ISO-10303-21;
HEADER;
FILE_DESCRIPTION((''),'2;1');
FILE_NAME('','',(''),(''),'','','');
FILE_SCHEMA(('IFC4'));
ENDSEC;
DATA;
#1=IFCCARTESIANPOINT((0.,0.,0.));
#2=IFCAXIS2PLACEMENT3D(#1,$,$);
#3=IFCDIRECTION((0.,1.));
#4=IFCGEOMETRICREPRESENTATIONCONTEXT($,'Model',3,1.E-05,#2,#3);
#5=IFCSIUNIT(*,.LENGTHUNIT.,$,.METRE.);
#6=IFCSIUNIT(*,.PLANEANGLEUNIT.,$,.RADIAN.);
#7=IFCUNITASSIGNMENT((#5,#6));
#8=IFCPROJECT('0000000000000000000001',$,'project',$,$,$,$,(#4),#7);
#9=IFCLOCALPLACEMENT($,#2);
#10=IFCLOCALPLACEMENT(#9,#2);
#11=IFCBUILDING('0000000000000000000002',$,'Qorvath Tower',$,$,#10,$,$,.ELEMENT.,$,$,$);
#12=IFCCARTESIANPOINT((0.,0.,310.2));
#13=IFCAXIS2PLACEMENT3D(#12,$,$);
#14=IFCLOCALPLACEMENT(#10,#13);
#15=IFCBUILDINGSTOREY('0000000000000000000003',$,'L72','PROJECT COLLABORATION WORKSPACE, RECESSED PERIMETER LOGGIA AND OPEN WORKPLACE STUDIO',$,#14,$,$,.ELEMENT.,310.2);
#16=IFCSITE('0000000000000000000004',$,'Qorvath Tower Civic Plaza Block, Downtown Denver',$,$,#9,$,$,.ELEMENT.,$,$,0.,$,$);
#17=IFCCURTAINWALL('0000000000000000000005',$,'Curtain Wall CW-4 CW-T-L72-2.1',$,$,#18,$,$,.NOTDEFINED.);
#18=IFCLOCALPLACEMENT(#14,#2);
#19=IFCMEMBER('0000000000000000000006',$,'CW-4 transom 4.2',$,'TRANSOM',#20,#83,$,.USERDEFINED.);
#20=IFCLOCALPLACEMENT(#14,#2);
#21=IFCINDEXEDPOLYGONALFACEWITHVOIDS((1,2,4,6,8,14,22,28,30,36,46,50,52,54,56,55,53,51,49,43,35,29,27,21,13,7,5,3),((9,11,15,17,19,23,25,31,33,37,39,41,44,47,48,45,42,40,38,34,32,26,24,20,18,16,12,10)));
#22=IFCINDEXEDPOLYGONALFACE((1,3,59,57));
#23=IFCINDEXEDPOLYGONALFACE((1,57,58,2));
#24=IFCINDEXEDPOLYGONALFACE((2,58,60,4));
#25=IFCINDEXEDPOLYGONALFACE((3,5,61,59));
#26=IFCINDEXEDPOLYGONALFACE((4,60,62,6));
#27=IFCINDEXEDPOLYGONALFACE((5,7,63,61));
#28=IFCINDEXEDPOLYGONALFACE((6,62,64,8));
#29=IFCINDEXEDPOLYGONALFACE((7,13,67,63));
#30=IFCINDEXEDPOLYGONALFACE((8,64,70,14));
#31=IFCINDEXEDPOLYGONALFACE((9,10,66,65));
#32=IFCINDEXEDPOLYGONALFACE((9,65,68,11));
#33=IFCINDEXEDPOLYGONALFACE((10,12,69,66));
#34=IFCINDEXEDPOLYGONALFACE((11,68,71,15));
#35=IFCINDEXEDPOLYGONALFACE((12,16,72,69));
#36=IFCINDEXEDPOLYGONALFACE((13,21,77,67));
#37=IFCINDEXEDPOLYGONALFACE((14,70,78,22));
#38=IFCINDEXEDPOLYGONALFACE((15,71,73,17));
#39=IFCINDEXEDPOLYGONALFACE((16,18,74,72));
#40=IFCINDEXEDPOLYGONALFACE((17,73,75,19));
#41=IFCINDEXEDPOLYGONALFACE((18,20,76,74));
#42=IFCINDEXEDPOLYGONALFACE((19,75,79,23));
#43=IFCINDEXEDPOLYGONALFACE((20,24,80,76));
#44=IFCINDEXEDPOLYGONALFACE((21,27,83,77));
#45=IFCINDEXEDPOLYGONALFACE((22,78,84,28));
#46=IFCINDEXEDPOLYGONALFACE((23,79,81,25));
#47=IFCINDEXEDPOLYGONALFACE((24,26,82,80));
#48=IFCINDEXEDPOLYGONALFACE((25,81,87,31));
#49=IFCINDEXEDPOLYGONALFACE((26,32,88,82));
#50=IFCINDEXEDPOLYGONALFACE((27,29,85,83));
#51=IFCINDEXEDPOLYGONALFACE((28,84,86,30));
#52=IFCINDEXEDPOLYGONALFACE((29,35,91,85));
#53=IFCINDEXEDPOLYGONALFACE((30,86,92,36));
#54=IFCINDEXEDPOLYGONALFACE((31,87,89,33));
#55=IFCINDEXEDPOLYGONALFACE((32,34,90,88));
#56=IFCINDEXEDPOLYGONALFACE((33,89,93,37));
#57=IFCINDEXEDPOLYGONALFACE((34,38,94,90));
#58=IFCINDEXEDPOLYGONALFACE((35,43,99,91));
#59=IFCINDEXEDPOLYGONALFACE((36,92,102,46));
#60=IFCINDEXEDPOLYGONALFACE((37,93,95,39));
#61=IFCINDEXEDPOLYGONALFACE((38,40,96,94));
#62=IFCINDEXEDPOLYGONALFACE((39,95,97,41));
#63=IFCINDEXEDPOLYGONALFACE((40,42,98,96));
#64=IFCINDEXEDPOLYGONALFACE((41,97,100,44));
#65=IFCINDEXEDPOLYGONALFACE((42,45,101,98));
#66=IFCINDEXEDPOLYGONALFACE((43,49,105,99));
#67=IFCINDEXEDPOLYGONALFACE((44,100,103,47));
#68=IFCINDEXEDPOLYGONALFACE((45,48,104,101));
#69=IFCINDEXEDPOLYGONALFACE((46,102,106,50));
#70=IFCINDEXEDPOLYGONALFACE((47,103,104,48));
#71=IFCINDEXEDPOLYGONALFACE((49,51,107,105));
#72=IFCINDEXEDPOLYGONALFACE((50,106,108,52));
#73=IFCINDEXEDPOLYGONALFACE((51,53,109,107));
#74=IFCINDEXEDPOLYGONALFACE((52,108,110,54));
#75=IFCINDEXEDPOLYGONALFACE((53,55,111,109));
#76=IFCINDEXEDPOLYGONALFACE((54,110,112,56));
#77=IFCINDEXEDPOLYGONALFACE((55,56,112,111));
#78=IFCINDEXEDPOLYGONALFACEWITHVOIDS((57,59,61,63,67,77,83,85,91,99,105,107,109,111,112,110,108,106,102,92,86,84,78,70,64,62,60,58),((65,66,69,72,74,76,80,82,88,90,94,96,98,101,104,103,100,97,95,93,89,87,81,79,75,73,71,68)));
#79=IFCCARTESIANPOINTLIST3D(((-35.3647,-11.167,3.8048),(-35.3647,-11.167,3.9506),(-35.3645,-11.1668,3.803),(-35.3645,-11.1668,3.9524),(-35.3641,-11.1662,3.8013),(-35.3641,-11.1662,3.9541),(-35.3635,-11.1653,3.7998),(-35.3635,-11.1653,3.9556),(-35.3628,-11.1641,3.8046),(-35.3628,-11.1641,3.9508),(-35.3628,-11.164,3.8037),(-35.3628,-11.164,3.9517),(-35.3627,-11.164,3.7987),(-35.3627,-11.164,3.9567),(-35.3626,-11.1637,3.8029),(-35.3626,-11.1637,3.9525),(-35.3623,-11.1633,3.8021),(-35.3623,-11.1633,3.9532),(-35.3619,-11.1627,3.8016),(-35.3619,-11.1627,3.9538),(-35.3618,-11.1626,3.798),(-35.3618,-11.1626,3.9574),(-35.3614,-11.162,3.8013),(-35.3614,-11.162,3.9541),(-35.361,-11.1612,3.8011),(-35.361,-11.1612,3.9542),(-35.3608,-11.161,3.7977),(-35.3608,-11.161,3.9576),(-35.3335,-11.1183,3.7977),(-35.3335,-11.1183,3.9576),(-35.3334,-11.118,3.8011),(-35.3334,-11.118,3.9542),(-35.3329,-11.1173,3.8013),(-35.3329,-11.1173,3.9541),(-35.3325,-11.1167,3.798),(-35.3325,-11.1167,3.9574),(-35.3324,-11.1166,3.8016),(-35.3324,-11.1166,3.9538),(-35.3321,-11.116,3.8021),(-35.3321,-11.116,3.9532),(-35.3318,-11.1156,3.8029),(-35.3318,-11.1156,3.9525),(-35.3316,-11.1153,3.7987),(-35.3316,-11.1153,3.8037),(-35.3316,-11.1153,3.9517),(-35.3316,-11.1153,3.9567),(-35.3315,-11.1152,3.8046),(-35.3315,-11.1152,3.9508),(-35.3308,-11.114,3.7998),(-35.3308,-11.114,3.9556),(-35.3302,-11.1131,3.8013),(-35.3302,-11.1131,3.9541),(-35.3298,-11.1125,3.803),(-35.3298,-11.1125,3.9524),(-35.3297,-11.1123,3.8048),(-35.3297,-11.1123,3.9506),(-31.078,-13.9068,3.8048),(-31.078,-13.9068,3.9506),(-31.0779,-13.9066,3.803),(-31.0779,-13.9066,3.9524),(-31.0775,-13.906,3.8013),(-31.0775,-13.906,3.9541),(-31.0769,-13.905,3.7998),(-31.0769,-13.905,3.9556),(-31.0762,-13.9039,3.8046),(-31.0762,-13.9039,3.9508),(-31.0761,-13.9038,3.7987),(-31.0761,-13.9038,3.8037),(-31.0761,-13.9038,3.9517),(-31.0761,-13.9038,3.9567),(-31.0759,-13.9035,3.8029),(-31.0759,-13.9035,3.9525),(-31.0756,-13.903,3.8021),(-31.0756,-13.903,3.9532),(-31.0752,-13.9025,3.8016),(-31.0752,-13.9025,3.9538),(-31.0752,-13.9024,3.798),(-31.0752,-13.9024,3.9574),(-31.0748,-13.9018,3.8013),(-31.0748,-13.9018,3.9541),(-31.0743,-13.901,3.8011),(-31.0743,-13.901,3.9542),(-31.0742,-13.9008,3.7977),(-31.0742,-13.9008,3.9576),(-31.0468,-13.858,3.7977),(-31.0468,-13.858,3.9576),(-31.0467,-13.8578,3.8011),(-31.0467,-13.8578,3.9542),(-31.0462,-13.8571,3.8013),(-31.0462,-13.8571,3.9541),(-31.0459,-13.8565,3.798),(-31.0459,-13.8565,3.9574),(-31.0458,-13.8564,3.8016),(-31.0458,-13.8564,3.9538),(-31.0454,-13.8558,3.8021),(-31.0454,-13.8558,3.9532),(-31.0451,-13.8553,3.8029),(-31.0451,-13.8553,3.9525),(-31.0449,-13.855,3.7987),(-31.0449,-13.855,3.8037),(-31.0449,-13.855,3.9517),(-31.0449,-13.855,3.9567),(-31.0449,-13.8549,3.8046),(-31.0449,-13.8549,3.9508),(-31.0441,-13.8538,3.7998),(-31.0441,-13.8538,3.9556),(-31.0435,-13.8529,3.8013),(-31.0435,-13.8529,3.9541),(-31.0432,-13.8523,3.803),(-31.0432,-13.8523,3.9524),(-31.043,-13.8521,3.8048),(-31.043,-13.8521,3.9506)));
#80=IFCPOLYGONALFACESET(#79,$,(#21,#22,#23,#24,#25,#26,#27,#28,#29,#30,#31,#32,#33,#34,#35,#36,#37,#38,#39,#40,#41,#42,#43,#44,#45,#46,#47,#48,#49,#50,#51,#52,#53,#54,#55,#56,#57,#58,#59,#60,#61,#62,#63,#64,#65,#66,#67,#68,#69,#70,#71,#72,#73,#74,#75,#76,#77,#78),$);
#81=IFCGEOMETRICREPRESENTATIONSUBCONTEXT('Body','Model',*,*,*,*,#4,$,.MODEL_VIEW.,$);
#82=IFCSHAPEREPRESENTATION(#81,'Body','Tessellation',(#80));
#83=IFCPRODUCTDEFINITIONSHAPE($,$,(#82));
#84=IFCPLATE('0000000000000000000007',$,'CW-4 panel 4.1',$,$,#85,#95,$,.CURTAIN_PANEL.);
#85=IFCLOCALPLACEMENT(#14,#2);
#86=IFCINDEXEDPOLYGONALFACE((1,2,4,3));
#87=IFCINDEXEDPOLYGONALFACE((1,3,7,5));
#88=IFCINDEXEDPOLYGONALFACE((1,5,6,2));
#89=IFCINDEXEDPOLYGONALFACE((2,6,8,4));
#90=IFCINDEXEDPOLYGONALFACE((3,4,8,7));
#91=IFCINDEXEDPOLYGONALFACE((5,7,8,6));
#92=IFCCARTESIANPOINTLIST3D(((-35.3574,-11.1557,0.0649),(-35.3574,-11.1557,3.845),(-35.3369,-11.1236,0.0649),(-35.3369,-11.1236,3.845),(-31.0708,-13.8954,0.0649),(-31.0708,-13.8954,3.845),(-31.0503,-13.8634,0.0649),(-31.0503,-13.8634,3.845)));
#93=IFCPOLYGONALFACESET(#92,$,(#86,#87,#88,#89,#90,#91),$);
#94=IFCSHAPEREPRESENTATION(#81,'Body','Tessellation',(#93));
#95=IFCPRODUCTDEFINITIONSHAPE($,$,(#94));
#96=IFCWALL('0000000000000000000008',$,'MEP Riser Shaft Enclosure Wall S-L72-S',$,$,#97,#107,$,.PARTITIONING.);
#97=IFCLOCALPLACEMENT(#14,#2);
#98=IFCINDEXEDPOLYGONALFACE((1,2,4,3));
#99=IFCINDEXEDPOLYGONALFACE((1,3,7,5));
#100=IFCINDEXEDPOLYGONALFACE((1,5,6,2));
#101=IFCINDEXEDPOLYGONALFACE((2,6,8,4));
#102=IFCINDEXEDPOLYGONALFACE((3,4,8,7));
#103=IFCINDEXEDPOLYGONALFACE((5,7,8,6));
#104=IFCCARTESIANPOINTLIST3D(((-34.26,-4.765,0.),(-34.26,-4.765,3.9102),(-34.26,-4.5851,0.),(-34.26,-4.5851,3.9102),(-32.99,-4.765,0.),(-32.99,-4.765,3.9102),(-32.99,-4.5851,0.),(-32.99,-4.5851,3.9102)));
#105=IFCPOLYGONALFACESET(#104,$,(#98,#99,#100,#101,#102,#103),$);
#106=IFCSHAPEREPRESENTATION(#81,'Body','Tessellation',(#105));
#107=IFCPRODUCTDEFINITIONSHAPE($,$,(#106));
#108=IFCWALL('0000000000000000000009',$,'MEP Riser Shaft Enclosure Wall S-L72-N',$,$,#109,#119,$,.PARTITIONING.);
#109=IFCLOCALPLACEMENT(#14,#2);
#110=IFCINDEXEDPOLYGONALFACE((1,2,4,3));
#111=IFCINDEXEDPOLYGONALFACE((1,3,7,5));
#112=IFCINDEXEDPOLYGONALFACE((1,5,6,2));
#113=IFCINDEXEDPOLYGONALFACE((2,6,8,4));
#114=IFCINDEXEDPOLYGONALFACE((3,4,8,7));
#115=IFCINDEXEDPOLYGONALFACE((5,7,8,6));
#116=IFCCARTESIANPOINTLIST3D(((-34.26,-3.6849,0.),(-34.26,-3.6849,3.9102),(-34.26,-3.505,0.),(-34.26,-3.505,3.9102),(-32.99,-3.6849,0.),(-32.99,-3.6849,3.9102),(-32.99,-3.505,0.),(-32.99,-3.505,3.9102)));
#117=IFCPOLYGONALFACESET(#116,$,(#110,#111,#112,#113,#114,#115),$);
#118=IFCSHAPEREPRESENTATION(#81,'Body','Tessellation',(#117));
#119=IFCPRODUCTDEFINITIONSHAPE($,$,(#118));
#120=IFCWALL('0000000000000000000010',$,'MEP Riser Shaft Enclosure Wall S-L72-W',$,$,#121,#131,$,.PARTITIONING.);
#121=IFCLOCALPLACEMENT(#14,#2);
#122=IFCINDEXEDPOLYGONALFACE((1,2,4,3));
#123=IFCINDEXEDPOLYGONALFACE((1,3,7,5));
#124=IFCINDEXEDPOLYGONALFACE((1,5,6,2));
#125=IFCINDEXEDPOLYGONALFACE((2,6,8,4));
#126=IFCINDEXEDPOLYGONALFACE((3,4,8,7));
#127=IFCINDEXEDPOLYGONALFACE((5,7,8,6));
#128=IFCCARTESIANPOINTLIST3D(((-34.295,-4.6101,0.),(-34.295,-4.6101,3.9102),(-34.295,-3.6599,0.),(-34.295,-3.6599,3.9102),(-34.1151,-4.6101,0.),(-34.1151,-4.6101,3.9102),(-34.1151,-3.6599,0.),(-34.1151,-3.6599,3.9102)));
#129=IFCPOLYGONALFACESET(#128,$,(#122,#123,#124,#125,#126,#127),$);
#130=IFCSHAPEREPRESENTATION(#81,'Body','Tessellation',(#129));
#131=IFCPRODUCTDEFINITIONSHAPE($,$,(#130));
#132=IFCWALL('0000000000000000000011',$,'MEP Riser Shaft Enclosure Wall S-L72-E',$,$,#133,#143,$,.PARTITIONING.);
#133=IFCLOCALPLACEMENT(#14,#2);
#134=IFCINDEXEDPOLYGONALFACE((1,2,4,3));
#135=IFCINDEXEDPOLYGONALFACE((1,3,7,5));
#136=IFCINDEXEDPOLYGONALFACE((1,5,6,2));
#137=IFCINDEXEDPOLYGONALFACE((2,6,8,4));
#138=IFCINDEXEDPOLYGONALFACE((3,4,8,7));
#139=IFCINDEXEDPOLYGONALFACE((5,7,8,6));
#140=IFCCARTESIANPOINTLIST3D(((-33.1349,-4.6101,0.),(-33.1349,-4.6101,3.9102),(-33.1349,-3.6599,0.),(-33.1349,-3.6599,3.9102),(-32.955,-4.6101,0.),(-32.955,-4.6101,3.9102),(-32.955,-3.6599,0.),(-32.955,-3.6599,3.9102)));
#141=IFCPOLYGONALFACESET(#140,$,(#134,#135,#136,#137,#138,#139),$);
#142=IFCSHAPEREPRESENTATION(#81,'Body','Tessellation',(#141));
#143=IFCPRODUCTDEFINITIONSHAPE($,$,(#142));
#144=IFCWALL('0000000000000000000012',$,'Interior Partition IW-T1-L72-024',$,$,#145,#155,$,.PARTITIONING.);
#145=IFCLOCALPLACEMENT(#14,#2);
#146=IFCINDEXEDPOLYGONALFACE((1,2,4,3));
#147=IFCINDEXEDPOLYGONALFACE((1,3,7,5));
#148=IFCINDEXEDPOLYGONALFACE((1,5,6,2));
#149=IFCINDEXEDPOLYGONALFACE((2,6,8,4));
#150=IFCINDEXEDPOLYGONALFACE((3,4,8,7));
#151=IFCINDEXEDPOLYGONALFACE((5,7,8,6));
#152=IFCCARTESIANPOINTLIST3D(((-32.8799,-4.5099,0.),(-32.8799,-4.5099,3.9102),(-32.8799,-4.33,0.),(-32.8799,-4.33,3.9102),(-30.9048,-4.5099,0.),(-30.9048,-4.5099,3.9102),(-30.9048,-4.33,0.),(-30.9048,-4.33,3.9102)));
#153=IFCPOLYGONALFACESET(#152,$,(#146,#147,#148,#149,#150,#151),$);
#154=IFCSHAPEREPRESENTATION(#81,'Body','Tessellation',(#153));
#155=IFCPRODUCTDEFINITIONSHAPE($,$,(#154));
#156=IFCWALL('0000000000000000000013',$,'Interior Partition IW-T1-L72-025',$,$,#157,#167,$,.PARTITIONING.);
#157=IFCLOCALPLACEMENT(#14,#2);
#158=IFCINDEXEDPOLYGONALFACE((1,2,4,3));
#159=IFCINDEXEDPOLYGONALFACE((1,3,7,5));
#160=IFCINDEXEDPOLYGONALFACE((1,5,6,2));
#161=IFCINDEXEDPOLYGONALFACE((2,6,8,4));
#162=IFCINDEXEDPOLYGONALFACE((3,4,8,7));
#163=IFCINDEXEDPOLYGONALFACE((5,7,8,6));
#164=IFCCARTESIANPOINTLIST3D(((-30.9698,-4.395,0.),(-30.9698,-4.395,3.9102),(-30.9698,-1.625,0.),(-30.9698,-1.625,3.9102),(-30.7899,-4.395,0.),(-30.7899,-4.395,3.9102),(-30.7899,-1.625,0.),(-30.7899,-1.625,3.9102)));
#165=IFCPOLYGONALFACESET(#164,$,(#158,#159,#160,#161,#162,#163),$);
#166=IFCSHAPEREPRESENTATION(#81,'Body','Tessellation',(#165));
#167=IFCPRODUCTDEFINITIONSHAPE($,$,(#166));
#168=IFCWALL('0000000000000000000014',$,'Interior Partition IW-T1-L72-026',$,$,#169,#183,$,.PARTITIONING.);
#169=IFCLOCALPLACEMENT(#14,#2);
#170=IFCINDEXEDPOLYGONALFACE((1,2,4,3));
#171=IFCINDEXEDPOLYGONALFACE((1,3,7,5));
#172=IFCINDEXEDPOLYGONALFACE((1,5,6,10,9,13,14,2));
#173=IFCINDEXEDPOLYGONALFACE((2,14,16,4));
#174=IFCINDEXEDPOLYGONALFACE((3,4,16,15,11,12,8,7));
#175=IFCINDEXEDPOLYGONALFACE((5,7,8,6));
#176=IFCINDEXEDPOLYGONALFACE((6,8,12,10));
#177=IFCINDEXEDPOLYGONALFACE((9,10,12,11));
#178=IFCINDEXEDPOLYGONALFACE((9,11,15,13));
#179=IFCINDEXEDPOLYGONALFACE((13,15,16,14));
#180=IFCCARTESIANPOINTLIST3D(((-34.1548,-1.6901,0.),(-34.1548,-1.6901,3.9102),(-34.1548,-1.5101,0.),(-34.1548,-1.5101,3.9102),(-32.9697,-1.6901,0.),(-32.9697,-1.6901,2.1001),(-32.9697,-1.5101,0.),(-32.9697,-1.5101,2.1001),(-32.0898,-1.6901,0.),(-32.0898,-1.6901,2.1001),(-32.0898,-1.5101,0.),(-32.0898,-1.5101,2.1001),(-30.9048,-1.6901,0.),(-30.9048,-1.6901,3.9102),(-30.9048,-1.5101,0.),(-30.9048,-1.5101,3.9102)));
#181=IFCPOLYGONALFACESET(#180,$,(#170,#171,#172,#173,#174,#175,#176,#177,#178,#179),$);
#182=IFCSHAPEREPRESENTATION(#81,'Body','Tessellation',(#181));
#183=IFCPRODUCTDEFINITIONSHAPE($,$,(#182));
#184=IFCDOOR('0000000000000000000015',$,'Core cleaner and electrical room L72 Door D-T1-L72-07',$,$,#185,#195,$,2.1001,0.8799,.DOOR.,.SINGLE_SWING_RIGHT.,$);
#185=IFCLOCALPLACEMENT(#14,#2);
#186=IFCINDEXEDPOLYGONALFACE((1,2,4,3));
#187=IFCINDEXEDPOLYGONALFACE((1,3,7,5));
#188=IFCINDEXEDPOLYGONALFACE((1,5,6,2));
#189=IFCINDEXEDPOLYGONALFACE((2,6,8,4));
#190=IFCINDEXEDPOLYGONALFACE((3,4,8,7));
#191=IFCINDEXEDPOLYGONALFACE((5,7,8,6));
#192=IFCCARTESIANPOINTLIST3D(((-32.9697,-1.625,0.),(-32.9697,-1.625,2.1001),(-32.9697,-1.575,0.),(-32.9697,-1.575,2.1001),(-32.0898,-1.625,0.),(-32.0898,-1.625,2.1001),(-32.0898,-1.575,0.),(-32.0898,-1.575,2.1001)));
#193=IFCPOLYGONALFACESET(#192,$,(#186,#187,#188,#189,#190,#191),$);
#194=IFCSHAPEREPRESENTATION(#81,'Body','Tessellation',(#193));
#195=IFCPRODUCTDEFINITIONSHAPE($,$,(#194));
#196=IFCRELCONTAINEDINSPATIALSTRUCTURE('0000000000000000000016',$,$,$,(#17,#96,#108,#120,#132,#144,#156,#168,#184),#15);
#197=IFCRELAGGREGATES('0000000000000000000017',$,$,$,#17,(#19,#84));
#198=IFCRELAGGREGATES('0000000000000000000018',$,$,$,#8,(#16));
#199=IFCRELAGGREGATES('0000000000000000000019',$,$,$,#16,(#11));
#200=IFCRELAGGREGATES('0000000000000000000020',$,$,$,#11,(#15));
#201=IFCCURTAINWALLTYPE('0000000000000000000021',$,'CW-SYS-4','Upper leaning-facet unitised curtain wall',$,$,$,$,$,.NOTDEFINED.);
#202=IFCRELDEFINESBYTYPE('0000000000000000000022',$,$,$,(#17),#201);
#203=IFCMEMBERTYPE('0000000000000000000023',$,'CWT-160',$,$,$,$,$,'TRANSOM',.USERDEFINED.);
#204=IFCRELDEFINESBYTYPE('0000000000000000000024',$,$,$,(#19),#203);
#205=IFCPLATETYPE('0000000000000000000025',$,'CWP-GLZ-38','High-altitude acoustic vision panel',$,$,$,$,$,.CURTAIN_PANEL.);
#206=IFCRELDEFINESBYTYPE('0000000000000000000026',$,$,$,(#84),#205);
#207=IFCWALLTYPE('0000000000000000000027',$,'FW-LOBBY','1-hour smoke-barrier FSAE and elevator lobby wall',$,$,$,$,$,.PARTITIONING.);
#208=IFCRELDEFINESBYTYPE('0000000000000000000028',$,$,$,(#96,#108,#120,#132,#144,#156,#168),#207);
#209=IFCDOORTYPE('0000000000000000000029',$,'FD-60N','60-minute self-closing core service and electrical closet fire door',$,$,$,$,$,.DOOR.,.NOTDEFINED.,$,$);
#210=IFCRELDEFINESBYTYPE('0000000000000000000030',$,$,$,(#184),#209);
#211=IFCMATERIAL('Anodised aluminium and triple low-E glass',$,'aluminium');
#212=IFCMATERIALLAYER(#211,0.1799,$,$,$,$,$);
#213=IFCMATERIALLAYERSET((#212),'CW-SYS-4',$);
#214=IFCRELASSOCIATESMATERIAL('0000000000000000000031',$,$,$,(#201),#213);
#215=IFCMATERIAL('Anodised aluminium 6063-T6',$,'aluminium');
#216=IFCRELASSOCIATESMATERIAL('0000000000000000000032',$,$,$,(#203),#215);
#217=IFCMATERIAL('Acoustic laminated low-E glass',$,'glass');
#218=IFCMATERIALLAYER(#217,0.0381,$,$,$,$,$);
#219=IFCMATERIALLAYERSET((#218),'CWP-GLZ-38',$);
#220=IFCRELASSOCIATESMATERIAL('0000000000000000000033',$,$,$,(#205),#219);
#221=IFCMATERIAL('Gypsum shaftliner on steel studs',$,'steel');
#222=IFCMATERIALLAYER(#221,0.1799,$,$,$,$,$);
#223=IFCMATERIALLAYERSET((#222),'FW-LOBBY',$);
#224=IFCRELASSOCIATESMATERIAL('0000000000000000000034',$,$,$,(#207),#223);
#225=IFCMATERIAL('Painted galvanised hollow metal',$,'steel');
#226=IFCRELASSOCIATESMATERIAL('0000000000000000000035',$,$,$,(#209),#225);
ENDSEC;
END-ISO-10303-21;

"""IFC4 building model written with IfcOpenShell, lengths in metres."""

from ifc_helpers import new_model, si_unit, direction, frame, frame_2d, origin, origin_2d, place, context, subcontext, project, spatial, rectangle, hollow_rectangle, extrude, material, layer, layer_set, material_profile, profile_set, type_object, element, fill, aggregate, save


model = new_model("IFC4")

# Units and contexts
model_context = context("Model", 3, precision=1e-05, world=origin(), true_north=direction((0.0, 1.0)))
body_context = subcontext(model_context, "Body", "Model", "MODEL_VIEW")
ifc_project = project(units=[si_unit("LENGTHUNIT", "METRE"), si_unit("PLANEANGLEUNIT", "RADIAN")], contexts=[model_context])

# Site, building, storey
site_placement = place(None, origin())
site = spatial("IfcSite", under=ifc_project, at=site_placement, Name="Qorvath Tower Civic Plaza Block, Downtown Denver", CompositionType="ELEMENT", RefElevation=0.0)
building_placement = place(site_placement, origin())
building = spatial("IfcBuilding", under=site, at=building_placement, Name="Qorvath Tower", CompositionType="ELEMENT")
storey_placement = place(building_placement, frame((0.0, 0.0, 310.2)))
storey = spatial("IfcBuildingStorey", under=building, at=storey_placement, Name="L72", Description="PROJECT COLLABORATION WORKSPACE, RECESSED PERIMETER LOGGIA AND OPEN WORKPLACE STUDIO", CompositionType="ELEMENT", Elevation=310.2)

# Curtain wall, member, plate
ifc_material_1 = material(Name="Anodised aluminium and triple low-E glass", Category="aluminium")
ifc_layer_1 = layer(ifc_material_1, 0.1799)
ifc_layer_set_1 = layer_set([ifc_layer_1], Name="CW-SYS-4")
curtain_wall_type = type_object("IfcCurtainWallType", Name="CW-SYS-4", Description="Upper leaning-facet unitised curtain wall", PredefinedType="NOTDEFINED", material=ifc_layer_set_1)
curtain_wall_placement = place(storey_placement, origin())
curtain_wall = element("IfcCurtainWall", 1, at=curtain_wall_placement, inside=storey, type_object=curtain_wall_type, Name="Curtain Wall CW-4 CW-T-L72-2.1", PredefinedType="NOTDEFINED")
ifc_material_2 = material(Name="Anodised aluminium 6063-T6", Category="aluminium")
ifc_material_profile_1 = material_profile(ifc_material_2, hollow_rectangle(XDim=0.0649, YDim=0.1599, WallThickness=0.0034, InnerFilletRadius=0.0034, OuterFilletRadius=0.0071, at=origin_2d()), Name="CWT 160x65")
ifc_profile_set_1 = profile_set([ifc_material_profile_1], Name="Anodised aluminium 6063-T6")
member_type_1 = type_object("IfcMemberType", Name="CWT-160", ElementType="TRANSOM", PredefinedType="USERDEFINED", material=ifc_profile_set_1)
member_1_placement = place(storey_placement, frame((-35.3472, -11.1396, 3.8777), z_axis=(0.842601, -0.538539, 0.0), x_axis=(0.538539, 0.842601, 0.0)))
member_1 = element("IfcMember", 2, at=member_1_placement, type_object=member_type_1, Name="CW-4 transom 4.2", ObjectType="TRANSOM", PredefinedType="USERDEFINED", context=body_context, shape_type="SweptSolid", body=[
    extrude(hollow_rectangle(XDim=0.0649, YDim=0.1599, WallThickness=0.0034, InnerFilletRadius=0.0034, OuterFilletRadius=0.0071, at=origin_2d()), origin(), (0.0, 0.0, 1.0), 5.0874),
])
ifc_material_3 = material(Name="Acoustic laminated low-E glass", Category="glass")
ifc_layer_2 = layer(ifc_material_3, 0.0381)
ifc_layer_set_2 = layer_set([ifc_layer_2], Name="CWP-GLZ-38")
plate_type = type_object("IfcPlateType", Name="CWP-GLZ-38", Description="High-altitude acoustic vision panel", PredefinedType="CURTAIN_PANEL", material=ifc_layer_set_2)
plate_placement = place(storey_placement, frame((-33.2039, -12.5095, 0.0649), z_axis=(0.0, 0.0, 1.0), x_axis=(0.842601, -0.538538, 0.0)))
plate = element("IfcPlate", 3, at=plate_placement, type_object=plate_type, Name="CW-4 panel 4.1", PredefinedType="CURTAIN_PANEL", context=body_context, shape_type="SweptSolid", body=[
    extrude(rectangle(XDim=5.0874, YDim=0.0381, at=origin_2d()), origin(), (0.0, 0.0, 1.0), 3.78),
])
aggregate(curtain_wall, [member_1, plate])

# Walls
ifc_material_4 = material(Name="Gypsum shaftliner on steel studs", Category="steel")
ifc_layer_3 = layer(ifc_material_4, 0.1799)
ifc_layer_set_3 = layer_set([ifc_layer_3], Name="FW-LOBBY")
wall_type_1 = type_object("IfcWallType", Name="FW-LOBBY", Description="1-hour smoke-barrier FSAE and elevator lobby wall", PredefinedType="PARTITIONING", material=ifc_layer_set_3)
for number, where, z_axis, x_axis, name in (
    (4, (-32.99, -4.675, 0.0), (0.0, 0.0, 1.0), (-1.0, 0.0, 0.0), "MEP Riser Shaft Enclosure Wall S-L72-S"),
    (5, (-34.26, -3.595, 0.0), (0.0, 0.0, 1.0), (1.0, 0.0, 0.0), "MEP Riser Shaft Enclosure Wall S-L72-N"),
):
    element("IfcWall", number, at=place(storey_placement, frame(where, z_axis=z_axis, x_axis=x_axis)), inside=storey, type_object=wall_type_1, Name=name, PredefinedType="PARTITIONING", context=body_context, shape_type="SweptSolid", body=[
        extrude(rectangle(XDim=1.27, YDim=0.1799, at=frame_2d((0.635, 0.0))), origin(), (0.0, 0.0, 1.0), 3.9102),
    ])
for number, where, z_axis, x_axis, name in (
    (6, (-34.2051, -4.6101, 0.0), (0.0, 0.0, 1.0), (0.0, 1.0, 0.0), "MEP Riser Shaft Enclosure Wall S-L72-W"),
    (7, (-33.0449, -3.6599, 0.0), (0.0, 0.0, 1.0), (0.0, -1.0, 0.0), "MEP Riser Shaft Enclosure Wall S-L72-E"),
):
    element("IfcWall", number, at=place(storey_placement, frame(where, z_axis=z_axis, x_axis=x_axis)), inside=storey, type_object=wall_type_1, Name=name, PredefinedType="PARTITIONING", context=body_context, shape_type="SweptSolid", body=[
        extrude(rectangle(XDim=0.9502, YDim=0.1799, at=frame_2d((0.4751, 0.0))), origin(), (0.0, 0.0, 1.0), 3.9102),
    ])
wall_1_placement = place(storey_placement, frame((-32.8799, -4.4199, 0.0), z_axis=(0.0, 0.0, 1.0), x_axis=(1.0, 0.0, 0.0)))
element("IfcWall", 8, at=wall_1_placement, inside=storey, type_object=wall_type_1, Name="Interior Partition IW-T1-L72-024", PredefinedType="PARTITIONING", context=body_context, shape_type="SweptSolid", body=[
    extrude(rectangle(XDim=1.9751, YDim=0.1799, at=frame_2d((0.9875, 0.0))), origin(), (0.0, 0.0, 1.0), 3.9102),
])
wall_2_placement = place(storey_placement, frame((-30.8799, -4.395, 0.0), z_axis=(0.0, 0.0, 1.0), x_axis=(0.0, 1.0, 0.0)))
element("IfcWall", 9, at=wall_2_placement, inside=storey, type_object=wall_type_1, Name="Interior Partition IW-T1-L72-025", PredefinedType="PARTITIONING", context=body_context, shape_type="SweptSolid", body=[
    extrude(rectangle(XDim=2.77, YDim=0.1799, at=frame_2d((1.385, 0.0))), origin(), (0.0, 0.0, 1.0), 3.9102),
])

# Wall, opening, door
wall_3_placement = place(storey_placement, frame((-30.9048, -1.6001, 0.0), z_axis=(0.0, 0.0, 1.0), x_axis=(-1.0, 0.0, 0.0)))
wall_3 = element("IfcWall", 10, at=wall_3_placement, inside=storey, type_object=wall_type_1, Name="Interior Partition IW-T1-L72-026", PredefinedType="PARTITIONING", context=body_context, shape_type="SweptSolid", body=[
    extrude(rectangle(XDim=3.25, YDim=0.1799, at=frame_2d((1.625, 0.0))), origin(), (0.0, 0.0, 1.0), 3.9102),
])
opening_1_placement = place(wall_3_placement, frame((1.1851, 0.0, 0.0)))
opening_1 = element("IfcOpeningElement", 11, at=opening_1_placement, cuts=wall_3, PredefinedType="OPENING", context=body_context, shape_type="SweptSolid", body=[
    extrude(rectangle(XDim=0.8799, YDim=2.1001, at=frame_2d((0.4399, 1.05))), frame((0.0, 0.1001, 0.0), z_axis=(0.0, -1.0, 0.0), x_axis=(1.0, 0.0, 0.0)), (0.0, 0.0, 1.0), 0.2),
])
ifc_material_5 = material(Name="Painted galvanised hollow metal", Category="steel")
door_type_1 = type_object("IfcDoorType", Name="FD-60N", Description="60-minute self-closing core service and electrical closet fire door", OperationType="NOTDEFINED", PredefinedType="DOOR", material=ifc_material_5)
door_1_placement = place(opening_1_placement, origin())
door_1 = element("IfcDoor", 12, at=door_1_placement, inside=storey, type_object=door_type_1, Name="Core cleaner and electrical room L72 Door D-T1-L72-07", OperationType="SINGLE_SWING_RIGHT", OverallHeight=2.1001, OverallWidth=0.8799, PredefinedType="DOOR", context=body_context, shape_type="SweptSolid", body=[
    extrude(rectangle(XDim=0.8799, YDim=2.1001, at=frame_2d((0.4399, 1.05))), frame((0.0, 0.0249, 0.0), z_axis=(0.0, -1.0, 0.0), x_axis=(1.0, 0.0, 0.0)), (0.0, 0.0, 1.0), 0.05),
])
fill(opening_1, door_1)

save(model, "model.ifc")
